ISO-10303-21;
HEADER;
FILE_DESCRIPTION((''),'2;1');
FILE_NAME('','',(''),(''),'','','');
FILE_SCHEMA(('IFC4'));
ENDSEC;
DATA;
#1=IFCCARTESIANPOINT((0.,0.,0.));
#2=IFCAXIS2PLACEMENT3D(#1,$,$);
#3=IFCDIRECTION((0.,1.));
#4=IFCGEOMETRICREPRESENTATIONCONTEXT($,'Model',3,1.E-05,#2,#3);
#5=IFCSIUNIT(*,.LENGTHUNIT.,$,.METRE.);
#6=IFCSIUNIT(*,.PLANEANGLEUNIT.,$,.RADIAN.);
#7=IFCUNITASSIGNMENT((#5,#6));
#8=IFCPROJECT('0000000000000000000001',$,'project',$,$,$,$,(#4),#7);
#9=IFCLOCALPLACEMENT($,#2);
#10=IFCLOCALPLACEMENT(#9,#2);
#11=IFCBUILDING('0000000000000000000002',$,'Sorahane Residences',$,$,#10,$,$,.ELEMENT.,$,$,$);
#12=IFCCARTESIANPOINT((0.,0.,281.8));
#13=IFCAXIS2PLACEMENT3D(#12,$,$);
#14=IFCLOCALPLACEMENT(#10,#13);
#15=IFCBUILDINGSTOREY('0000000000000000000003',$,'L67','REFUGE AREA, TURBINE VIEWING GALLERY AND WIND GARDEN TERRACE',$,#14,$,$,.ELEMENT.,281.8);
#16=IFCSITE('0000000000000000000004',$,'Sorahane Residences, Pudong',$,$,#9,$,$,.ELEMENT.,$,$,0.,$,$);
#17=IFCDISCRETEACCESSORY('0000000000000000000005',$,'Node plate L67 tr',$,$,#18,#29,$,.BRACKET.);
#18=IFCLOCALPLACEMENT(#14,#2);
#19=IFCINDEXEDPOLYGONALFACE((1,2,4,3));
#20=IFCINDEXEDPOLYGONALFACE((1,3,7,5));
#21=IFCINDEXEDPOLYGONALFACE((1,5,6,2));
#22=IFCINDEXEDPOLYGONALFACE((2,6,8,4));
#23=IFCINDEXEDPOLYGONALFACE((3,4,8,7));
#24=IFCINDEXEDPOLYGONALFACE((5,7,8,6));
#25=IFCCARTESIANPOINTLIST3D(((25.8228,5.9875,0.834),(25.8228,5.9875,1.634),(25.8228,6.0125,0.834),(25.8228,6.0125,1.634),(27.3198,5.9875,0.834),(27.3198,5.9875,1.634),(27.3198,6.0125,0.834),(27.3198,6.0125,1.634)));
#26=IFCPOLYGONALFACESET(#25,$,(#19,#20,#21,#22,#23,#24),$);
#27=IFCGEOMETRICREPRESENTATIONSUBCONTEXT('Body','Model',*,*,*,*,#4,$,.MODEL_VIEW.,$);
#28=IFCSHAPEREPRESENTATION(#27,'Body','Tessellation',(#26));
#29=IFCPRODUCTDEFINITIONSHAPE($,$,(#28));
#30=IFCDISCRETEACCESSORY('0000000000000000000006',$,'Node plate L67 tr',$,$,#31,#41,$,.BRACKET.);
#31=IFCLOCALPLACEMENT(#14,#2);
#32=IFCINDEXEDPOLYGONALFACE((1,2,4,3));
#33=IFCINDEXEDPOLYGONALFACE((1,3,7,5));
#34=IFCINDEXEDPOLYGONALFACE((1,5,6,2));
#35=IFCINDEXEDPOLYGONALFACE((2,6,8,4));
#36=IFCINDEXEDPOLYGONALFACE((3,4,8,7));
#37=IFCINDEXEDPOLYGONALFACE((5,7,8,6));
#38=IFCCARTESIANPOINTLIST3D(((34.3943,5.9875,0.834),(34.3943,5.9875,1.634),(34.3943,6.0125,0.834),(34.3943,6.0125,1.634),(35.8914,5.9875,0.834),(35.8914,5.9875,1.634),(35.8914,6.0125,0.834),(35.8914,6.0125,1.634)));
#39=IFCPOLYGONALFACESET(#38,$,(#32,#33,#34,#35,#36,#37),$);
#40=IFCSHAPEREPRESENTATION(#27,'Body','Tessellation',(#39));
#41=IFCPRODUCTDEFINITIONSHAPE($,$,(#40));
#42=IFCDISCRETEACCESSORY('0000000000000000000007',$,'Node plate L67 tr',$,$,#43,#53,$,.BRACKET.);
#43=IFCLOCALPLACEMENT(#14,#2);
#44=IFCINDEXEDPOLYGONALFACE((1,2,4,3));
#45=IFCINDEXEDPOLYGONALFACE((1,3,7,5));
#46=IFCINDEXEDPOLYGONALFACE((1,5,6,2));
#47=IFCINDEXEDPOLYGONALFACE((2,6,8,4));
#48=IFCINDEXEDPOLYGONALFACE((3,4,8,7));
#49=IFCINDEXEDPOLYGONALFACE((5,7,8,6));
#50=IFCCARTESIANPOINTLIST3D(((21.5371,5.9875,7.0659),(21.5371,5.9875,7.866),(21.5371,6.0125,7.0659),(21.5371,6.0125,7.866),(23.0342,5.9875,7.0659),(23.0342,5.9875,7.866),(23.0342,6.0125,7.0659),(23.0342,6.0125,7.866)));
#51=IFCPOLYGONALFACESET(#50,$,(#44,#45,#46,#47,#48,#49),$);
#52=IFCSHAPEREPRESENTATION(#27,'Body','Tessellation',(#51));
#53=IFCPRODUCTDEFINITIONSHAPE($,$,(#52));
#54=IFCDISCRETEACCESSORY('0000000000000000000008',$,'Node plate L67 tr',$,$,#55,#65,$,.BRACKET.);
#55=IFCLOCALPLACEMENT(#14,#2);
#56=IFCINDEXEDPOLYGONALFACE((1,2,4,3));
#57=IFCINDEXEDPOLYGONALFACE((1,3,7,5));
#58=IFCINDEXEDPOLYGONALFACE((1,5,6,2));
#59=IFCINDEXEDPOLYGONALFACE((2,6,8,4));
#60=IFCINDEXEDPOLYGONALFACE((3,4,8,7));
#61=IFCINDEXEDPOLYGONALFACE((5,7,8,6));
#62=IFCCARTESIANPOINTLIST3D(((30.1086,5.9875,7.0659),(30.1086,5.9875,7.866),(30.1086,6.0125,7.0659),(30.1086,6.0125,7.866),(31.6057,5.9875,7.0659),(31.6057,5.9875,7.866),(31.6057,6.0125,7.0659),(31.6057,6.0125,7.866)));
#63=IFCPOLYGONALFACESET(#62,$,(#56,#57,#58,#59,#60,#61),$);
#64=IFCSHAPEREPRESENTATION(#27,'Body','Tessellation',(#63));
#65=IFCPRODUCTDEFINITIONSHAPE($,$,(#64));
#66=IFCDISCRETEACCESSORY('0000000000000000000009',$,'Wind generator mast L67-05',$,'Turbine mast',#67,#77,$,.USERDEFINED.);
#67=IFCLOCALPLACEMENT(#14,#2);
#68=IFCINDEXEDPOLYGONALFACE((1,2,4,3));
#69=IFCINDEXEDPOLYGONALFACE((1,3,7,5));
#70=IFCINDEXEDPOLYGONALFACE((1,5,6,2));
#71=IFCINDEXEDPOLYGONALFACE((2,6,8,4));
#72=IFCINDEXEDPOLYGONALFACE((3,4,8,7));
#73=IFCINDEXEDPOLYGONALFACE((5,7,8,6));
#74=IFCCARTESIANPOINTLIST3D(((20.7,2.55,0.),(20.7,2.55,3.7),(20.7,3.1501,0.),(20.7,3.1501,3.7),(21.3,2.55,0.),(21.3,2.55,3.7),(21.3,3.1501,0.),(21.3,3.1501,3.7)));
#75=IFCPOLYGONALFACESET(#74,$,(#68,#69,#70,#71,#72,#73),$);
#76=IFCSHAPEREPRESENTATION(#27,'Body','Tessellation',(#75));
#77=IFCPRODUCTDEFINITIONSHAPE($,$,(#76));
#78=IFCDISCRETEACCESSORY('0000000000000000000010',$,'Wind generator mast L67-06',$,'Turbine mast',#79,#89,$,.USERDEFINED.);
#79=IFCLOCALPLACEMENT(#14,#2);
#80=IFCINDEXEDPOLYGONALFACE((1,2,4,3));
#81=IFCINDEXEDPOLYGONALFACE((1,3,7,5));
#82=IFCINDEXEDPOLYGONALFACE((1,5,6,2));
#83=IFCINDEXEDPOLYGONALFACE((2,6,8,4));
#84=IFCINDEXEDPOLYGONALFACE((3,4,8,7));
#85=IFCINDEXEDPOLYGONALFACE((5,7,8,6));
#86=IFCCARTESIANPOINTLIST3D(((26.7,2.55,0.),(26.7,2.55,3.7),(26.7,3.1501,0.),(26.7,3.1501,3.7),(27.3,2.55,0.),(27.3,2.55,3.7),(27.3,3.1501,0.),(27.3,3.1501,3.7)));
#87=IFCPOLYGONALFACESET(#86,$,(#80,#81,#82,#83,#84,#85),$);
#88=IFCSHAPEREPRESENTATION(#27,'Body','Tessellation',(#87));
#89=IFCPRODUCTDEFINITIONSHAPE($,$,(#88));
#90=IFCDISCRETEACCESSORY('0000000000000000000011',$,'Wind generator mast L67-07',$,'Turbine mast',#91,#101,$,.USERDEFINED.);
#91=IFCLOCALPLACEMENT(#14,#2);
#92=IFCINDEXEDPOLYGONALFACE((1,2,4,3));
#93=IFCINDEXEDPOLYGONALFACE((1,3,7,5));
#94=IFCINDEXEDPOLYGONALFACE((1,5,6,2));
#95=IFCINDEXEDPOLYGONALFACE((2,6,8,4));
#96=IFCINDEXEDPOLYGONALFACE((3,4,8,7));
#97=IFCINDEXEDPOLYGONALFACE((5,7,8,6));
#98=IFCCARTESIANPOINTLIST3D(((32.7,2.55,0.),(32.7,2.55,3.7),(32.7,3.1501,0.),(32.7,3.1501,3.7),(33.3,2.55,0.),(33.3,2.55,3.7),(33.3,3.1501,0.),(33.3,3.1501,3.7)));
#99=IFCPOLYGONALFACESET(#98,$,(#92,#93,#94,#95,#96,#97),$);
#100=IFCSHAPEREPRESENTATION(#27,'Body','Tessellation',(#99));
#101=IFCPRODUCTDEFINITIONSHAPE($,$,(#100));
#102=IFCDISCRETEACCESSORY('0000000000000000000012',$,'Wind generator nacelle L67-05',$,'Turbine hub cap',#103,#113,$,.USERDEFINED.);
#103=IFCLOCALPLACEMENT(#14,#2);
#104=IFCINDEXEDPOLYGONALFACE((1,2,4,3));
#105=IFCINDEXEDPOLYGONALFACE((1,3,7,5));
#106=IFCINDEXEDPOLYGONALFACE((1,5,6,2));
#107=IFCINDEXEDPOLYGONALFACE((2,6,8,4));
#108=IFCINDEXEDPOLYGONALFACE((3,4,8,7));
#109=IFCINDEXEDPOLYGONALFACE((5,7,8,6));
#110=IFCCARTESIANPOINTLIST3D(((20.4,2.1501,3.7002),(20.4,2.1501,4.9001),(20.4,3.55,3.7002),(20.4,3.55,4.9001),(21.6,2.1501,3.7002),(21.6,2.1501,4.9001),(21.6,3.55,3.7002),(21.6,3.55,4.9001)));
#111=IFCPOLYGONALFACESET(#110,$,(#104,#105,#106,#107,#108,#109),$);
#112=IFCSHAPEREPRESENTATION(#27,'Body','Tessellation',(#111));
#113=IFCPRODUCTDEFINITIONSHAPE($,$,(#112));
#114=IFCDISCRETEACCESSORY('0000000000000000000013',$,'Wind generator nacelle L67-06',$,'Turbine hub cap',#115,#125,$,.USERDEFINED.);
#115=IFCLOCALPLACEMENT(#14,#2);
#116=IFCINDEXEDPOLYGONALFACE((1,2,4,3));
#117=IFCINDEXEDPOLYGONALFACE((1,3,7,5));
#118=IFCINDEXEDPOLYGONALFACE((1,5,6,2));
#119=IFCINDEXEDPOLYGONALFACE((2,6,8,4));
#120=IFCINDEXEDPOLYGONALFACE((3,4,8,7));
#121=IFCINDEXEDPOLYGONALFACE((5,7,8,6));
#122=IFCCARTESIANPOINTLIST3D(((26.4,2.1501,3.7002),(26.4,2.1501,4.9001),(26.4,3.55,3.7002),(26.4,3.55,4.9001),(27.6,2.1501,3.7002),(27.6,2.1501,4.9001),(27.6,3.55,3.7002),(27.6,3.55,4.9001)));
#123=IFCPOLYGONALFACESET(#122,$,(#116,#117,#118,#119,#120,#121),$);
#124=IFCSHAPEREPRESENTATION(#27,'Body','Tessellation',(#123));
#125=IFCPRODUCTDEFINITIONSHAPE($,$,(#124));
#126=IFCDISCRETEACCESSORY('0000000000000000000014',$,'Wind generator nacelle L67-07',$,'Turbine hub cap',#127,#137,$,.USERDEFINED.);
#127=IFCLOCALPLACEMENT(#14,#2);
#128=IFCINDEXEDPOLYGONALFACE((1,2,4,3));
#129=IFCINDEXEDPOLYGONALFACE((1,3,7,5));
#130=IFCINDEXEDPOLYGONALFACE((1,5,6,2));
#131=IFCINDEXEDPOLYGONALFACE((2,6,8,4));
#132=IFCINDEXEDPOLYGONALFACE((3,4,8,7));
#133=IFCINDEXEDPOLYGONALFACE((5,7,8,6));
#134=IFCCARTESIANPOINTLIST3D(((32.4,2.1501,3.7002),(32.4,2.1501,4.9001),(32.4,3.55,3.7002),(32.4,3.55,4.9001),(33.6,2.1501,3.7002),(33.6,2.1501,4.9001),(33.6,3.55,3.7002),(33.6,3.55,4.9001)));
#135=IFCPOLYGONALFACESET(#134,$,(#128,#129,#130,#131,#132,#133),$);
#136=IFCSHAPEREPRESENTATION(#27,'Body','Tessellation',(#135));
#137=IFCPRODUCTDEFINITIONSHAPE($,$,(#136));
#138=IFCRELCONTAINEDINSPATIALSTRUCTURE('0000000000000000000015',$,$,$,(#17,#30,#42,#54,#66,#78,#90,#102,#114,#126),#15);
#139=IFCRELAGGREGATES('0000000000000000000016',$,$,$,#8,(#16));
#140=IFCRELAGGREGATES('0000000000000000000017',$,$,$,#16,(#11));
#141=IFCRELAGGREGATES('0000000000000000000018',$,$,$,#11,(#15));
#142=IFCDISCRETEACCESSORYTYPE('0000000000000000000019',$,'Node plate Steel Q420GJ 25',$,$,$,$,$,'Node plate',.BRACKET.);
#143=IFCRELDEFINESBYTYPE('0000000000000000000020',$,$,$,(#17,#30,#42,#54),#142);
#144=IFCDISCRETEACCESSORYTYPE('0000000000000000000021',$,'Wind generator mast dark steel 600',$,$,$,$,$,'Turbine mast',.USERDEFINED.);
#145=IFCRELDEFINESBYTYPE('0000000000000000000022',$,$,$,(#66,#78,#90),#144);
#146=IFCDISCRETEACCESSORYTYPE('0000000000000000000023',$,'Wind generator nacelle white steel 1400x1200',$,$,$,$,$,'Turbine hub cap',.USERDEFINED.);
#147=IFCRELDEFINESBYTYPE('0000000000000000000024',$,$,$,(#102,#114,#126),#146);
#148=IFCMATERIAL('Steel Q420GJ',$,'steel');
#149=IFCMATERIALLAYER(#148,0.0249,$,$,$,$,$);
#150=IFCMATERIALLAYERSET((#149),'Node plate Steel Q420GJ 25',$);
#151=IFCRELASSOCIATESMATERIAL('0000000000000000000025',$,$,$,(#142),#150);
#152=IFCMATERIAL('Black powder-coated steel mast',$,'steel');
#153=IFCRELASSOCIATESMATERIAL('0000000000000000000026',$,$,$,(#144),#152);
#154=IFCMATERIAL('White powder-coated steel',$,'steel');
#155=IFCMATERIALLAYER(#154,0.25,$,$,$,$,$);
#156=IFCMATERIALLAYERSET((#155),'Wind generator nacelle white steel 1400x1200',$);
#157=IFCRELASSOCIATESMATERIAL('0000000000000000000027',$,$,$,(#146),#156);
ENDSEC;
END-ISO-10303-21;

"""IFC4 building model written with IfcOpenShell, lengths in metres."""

from ifc_helpers import new_model, si_unit, direction, frame, origin, origin_2d, place, context, subcontext, project, spatial, rectangle, extrude, material, layer, layer_set, type_object, element, save


model = new_model("IFC4")

# Units and contexts
model_context = context("Model", 3, precision=1e-05, world=origin(), true_north=direction((0.0, 1.0)))
body_context = subcontext(model_context, "Body", "Model", "MODEL_VIEW")
ifc_project = project(units=[si_unit("LENGTHUNIT", "METRE"), si_unit("PLANEANGLEUNIT", "RADIAN")], contexts=[model_context])

# Site, building, storey
site_placement = place(None, origin())
site = spatial("IfcSite", under=ifc_project, at=site_placement, Name="Sorahane Residences, Pudong", CompositionType="ELEMENT", RefElevation=0.0)
building_placement = place(site_placement, origin())
building = spatial("IfcBuilding", under=site, at=building_placement, Name="Sorahane Residences", CompositionType="ELEMENT")
storey_placement = place(building_placement, frame((0.0, 0.0, 281.8)))
storey = spatial("IfcBuildingStorey", under=building, at=storey_placement, Name="L67", Description="REFUGE AREA, TURBINE VIEWING GALLERY AND WIND GARDEN TERRACE", CompositionType="ELEMENT", Elevation=281.8)

# Discrete accessories
ifc_material_1 = material(Name="Steel Q420GJ", Category="steel")
ifc_layer_1 = layer(ifc_material_1, 0.0249)
ifc_layer_set_1 = layer_set([ifc_layer_1], Name="Node plate Steel Q420GJ 25")
discrete_accessory_type_1 = type_object("IfcDiscreteAccessoryType", Name="Node plate Steel Q420GJ 25", ElementType="Node plate", PredefinedType="BRACKET", material=ifc_layer_set_1)
for number, where, z_axis, x_axis, name in (
    (1, (26.5713, 6.0, 0.834), (0.0, 0.0, 1.0), (1.0, 0.0, 0.0), "Node plate L67 tr"),
    (2, (35.1428, 6.0, 0.834), (0.0, 0.0, 1.0), (1.0, 0.0, 0.0), "Node plate L67 tr"),
    (3, (22.2856, 6.0, 7.0659), (0.0, 0.0, 1.0), (1.0, 0.0, 0.0), "Node plate L67 tr"),
    (4, (30.8572, 6.0, 7.0659), (0.0, 0.0, 1.0), (1.0, 0.0, 0.0), "Node plate L67 tr"),
):
    element("IfcDiscreteAccessory", number, at=place(storey_placement, frame(where, z_axis=z_axis, x_axis=x_axis)), inside=storey, type_object=discrete_accessory_type_1, Name=name, PredefinedType="BRACKET", context=body_context, shape_type="SweptSolid", body=[
        extrude(rectangle(XDim=1.4971, YDim=0.0249, at=origin_2d()), origin(), (0.0, 0.0, 1.0), 0.8),
    ])
ifc_material_2 = material(Name="Black powder-coated steel mast", Category="steel")
discrete_accessory_type_2 = type_object("IfcDiscreteAccessoryType", Name="Wind generator mast dark steel 600", ElementType="Turbine mast", PredefinedType="USERDEFINED", material=ifc_material_2)
for number, where, z_axis, x_axis, name in (
    (5, (21.0, 2.8501, 0.0), (0.0, 0.0, 1.0), (1.0, 0.0, 0.0), "Wind generator mast L67-05"),
    (6, (27.0, 2.8501, 0.0), (0.0, 0.0, 1.0), (1.0, 0.0, 0.0), "Wind generator mast L67-06"),
    (7, (33.0, 2.8501, 0.0), (0.0, 0.0, 1.0), (1.0, 0.0, 0.0), "Wind generator mast L67-07"),
):
    element("IfcDiscreteAccessory", number, at=place(storey_placement, frame(where, z_axis=z_axis, x_axis=x_axis)), inside=storey, type_object=discrete_accessory_type_2, Name=name, ObjectType="Turbine mast", PredefinedType="USERDEFINED", context=body_context, shape_type="SweptSolid", body=[
        extrude(rectangle(XDim=0.6001, YDim=0.6001, at=origin_2d()), origin(), (0.0, 0.0, 1.0), 3.7),
    ])
ifc_material_3 = material(Name="White powder-coated steel", Category="steel")
ifc_layer_2 = layer(ifc_material_3, 0.25)
ifc_layer_set_2 = layer_set([ifc_layer_2], Name="Wind generator nacelle white steel 1400x1200")
discrete_accessory_type_3 = type_object("IfcDiscreteAccessoryType", Name="Wind generator nacelle white steel 1400x1200", ElementType="Turbine hub cap", PredefinedType="USERDEFINED", material=ifc_layer_set_2)
for number, where, z_axis, x_axis, name in (
    (8, (21.0, 2.8501, 3.7002), (0.0, 0.0, 1.0), (1.0, 0.0, 0.0), "Wind generator nacelle L67-05"),
    (9, (27.0, 2.8501, 3.7002), (0.0, 0.0, 1.0), (1.0, 0.0, 0.0), "Wind generator nacelle L67-06"),
    (10, (33.0, 2.8501, 3.7002), (0.0, 0.0, 1.0), (1.0, 0.0, 0.0), "Wind generator nacelle L67-07"),
):
    element("IfcDiscreteAccessory", number, at=place(storey_placement, frame(where, z_axis=z_axis, x_axis=x_axis)), inside=storey, type_object=discrete_accessory_type_3, Name=name, ObjectType="Turbine hub cap", PredefinedType="USERDEFINED", context=body_context, shape_type="SweptSolid", body=[
        extrude(rectangle(XDim=1.2, YDim=1.3999, at=origin_2d()), origin(), (0.0, 0.0, 1.0), 1.2),
    ])

save(model, "model.ifc")
